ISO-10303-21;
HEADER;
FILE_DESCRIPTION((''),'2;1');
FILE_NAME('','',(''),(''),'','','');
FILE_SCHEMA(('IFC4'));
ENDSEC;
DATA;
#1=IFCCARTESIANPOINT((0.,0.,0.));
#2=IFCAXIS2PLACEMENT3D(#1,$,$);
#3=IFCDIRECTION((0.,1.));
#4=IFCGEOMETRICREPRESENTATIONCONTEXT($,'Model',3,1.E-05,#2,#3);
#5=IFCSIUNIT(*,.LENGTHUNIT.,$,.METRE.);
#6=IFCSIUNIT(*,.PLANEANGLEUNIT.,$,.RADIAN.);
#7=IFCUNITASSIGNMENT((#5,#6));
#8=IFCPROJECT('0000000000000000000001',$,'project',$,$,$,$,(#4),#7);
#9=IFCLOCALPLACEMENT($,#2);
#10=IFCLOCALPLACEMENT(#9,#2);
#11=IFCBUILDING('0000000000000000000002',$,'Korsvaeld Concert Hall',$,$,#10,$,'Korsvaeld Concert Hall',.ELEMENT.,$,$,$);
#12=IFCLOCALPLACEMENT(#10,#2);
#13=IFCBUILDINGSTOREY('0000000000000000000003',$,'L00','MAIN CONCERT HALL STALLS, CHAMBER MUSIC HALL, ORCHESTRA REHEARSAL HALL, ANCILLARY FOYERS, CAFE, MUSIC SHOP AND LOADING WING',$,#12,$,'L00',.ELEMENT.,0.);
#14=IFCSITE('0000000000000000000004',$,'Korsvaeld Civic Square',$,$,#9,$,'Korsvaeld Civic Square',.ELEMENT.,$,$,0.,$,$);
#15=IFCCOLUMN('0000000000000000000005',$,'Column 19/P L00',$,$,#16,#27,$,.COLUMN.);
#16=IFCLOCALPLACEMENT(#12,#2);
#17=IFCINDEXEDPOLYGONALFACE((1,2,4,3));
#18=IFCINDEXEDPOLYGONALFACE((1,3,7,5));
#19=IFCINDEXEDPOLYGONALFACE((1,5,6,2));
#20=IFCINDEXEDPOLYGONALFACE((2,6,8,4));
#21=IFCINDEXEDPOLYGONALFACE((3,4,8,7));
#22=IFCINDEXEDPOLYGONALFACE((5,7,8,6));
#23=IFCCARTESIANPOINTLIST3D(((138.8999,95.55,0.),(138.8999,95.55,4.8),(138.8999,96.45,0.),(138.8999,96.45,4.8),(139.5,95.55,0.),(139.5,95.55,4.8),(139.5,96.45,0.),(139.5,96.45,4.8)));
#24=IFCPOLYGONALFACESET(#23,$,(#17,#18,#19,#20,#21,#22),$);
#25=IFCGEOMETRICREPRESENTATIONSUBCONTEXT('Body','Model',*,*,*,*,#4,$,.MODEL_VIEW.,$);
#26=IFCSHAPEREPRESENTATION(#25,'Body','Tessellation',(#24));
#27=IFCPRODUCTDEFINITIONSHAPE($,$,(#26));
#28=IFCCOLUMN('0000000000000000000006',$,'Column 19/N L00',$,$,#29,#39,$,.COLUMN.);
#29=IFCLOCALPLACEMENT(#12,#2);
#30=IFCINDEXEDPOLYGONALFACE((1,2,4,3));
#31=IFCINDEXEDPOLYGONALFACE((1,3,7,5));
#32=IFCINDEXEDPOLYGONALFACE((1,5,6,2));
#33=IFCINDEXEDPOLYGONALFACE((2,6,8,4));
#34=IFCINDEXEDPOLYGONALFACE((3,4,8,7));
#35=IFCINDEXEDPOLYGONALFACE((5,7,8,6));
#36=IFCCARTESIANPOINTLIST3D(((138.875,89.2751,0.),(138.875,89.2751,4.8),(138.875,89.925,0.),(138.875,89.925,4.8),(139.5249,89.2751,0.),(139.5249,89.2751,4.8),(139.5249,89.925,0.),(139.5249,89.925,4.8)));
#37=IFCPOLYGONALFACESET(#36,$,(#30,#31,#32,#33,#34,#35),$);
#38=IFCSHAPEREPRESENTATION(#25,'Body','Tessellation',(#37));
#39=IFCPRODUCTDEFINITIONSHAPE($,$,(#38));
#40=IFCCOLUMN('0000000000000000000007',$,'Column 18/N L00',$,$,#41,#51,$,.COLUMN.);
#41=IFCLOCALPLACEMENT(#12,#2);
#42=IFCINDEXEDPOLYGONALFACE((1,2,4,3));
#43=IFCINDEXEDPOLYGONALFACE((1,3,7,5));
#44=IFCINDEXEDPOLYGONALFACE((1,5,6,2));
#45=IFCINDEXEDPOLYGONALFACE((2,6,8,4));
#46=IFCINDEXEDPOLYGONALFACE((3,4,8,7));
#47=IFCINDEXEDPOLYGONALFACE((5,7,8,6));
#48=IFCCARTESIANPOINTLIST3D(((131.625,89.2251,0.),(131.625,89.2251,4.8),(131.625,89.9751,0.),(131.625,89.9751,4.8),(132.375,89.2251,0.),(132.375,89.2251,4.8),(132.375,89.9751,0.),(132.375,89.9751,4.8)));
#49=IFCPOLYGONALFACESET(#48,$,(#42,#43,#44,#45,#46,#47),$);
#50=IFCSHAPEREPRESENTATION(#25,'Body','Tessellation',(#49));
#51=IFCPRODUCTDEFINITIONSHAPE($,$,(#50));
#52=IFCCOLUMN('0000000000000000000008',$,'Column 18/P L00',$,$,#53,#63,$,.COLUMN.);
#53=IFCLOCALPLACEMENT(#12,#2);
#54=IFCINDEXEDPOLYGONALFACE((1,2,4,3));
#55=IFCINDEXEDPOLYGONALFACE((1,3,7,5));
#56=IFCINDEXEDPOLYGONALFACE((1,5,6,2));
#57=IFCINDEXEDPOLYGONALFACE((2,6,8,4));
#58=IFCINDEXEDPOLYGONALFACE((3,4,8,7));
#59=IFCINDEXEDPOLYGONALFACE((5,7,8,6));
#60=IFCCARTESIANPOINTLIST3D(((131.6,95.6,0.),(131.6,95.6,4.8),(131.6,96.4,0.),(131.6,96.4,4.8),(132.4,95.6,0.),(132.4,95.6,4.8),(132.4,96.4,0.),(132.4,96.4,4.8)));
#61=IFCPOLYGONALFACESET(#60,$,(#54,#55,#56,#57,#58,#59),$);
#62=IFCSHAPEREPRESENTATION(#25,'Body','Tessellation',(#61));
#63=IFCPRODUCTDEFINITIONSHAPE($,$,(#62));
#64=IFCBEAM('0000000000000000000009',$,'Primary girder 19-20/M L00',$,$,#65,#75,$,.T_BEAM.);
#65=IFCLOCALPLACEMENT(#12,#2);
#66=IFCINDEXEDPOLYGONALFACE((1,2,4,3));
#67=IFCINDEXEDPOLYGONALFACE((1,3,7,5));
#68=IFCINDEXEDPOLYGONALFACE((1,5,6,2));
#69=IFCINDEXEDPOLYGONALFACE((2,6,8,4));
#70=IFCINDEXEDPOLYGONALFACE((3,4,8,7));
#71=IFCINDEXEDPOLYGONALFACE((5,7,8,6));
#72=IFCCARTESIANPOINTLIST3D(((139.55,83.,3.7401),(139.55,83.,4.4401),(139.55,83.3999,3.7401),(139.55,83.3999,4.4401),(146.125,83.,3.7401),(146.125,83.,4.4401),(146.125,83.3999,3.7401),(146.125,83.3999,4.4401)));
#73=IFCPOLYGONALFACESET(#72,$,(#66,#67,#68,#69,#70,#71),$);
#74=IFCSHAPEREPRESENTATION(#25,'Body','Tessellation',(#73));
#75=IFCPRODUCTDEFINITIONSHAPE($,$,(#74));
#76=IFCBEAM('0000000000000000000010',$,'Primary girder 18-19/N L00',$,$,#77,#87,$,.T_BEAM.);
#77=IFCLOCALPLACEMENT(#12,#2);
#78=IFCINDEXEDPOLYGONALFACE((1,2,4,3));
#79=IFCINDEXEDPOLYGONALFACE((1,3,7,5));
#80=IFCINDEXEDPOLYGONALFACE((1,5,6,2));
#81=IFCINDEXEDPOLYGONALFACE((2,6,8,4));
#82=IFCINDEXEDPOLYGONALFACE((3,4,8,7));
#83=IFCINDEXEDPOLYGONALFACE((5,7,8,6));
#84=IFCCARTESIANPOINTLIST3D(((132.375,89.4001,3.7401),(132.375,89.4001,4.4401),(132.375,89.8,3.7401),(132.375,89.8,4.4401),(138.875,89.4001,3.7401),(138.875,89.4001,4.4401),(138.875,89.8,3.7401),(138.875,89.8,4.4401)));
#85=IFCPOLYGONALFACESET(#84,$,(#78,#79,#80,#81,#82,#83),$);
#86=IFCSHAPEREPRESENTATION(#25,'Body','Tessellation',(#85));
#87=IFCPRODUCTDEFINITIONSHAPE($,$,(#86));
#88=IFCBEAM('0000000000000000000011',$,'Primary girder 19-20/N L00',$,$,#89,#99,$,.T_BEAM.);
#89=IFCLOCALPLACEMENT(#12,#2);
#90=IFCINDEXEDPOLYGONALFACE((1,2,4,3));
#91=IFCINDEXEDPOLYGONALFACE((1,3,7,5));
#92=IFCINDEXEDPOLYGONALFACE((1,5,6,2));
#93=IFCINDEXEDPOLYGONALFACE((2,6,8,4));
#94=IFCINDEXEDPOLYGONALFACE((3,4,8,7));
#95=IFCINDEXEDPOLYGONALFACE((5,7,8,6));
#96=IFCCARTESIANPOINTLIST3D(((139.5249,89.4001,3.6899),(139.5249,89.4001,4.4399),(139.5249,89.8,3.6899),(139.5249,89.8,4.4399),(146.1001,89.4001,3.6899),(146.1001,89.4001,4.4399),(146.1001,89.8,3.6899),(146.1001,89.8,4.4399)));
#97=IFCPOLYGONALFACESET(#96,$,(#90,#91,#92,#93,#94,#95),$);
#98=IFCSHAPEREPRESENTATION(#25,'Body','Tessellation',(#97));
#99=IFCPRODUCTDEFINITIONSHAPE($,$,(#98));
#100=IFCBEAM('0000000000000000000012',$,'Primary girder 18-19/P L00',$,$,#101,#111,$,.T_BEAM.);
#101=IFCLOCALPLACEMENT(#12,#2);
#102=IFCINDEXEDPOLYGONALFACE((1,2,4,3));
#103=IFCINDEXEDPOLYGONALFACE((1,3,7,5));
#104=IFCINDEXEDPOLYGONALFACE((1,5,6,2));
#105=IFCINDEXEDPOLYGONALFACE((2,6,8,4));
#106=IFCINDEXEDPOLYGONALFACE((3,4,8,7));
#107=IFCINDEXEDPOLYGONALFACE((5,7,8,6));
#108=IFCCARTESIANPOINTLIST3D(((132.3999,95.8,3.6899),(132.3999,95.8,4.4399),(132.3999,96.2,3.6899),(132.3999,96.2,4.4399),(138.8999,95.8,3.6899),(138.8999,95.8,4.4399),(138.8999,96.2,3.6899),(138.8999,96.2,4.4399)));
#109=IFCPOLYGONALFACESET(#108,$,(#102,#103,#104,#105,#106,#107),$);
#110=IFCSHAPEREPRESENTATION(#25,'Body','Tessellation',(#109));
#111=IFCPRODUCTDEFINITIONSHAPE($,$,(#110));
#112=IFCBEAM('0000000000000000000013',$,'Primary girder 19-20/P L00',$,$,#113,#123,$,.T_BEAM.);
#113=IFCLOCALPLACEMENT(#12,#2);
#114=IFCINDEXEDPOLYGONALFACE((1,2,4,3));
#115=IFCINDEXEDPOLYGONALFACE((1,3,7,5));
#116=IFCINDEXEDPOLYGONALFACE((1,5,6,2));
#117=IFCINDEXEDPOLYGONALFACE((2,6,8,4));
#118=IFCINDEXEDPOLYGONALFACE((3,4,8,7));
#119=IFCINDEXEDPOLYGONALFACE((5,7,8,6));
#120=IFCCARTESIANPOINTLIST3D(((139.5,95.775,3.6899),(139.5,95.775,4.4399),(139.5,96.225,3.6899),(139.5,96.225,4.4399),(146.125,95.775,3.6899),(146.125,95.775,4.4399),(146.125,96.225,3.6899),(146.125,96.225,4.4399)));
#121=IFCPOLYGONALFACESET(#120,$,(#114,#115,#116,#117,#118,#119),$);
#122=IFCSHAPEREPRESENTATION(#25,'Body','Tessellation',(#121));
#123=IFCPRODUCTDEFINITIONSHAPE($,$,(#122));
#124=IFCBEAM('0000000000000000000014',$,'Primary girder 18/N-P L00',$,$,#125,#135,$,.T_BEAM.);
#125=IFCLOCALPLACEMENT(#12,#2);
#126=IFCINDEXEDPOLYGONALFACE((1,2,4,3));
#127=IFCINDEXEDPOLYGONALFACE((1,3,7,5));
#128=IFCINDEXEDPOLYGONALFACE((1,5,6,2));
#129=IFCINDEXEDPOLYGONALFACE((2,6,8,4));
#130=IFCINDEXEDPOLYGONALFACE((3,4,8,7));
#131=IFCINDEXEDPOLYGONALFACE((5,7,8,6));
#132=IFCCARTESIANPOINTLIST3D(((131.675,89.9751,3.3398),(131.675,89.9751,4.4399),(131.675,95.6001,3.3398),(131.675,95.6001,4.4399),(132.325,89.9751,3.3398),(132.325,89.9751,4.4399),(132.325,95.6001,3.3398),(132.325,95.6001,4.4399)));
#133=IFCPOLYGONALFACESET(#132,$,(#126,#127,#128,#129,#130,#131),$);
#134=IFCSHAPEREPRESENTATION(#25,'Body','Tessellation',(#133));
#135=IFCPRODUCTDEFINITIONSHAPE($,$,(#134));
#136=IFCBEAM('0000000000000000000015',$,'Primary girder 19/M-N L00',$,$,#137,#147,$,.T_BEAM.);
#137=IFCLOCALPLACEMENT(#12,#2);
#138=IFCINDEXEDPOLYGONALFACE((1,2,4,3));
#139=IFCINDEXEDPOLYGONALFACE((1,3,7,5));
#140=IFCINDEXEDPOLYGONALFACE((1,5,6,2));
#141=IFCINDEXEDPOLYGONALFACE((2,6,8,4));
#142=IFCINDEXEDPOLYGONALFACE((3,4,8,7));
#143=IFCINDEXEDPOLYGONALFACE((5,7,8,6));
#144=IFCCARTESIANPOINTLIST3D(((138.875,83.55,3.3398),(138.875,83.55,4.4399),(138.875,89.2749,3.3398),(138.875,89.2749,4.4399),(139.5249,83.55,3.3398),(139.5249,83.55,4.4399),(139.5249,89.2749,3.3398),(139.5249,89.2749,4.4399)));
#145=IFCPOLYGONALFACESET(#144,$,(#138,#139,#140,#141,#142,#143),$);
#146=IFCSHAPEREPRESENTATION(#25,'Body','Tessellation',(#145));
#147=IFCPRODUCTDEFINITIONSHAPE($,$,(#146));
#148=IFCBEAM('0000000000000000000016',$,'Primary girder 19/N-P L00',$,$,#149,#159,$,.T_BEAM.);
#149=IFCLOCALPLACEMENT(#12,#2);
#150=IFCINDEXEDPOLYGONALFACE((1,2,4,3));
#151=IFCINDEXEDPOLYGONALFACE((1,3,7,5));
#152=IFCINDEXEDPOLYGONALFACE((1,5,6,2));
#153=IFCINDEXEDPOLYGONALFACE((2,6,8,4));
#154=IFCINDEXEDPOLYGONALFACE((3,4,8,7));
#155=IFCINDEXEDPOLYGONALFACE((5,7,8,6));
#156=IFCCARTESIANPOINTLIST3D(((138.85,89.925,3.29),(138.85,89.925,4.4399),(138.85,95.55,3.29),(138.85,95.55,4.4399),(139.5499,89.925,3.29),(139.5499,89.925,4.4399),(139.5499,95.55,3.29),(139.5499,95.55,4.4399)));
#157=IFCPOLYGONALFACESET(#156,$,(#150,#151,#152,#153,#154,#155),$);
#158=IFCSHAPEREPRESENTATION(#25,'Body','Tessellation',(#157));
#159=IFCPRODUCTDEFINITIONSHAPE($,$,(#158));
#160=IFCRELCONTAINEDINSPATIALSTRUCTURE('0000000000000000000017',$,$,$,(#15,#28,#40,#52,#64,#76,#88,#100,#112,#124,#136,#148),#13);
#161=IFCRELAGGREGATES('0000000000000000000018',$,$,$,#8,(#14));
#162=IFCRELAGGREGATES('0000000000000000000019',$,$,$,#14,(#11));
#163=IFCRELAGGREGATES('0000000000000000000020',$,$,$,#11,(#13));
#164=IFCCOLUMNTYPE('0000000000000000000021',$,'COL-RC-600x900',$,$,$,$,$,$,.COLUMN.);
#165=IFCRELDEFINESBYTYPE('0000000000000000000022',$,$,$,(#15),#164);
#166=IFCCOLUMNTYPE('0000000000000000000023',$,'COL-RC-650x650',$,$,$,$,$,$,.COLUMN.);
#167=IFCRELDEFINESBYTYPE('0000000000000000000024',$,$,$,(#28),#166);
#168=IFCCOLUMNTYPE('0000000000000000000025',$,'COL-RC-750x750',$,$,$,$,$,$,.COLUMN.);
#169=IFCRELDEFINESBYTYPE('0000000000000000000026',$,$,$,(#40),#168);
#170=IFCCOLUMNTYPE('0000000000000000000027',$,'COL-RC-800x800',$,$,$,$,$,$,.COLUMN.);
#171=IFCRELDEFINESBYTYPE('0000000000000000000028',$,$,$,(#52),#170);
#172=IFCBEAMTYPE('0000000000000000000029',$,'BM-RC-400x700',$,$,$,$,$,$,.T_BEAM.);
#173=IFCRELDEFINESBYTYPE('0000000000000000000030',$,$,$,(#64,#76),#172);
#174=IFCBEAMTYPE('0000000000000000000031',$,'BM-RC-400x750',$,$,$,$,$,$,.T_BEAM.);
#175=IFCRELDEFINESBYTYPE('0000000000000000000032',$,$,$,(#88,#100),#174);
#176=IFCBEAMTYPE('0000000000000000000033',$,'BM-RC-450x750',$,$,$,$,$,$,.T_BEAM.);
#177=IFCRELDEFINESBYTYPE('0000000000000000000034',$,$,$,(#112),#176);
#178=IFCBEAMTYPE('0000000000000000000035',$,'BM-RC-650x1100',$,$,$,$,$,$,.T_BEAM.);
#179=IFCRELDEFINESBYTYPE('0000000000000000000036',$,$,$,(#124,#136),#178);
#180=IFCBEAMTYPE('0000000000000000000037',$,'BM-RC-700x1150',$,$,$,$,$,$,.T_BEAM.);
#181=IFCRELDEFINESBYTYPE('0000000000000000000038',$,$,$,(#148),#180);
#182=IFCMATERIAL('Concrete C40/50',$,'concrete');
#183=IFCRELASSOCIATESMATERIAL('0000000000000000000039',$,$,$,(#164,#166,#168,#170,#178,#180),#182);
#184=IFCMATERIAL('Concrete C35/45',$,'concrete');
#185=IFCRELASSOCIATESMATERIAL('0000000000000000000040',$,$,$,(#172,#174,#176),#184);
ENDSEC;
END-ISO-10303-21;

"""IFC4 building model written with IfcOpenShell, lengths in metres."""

from ifc_helpers import new_model, si_unit, direction, frame, origin, origin_2d, place, context, subcontext, project, spatial, rectangle, extrude, material, material_profile, profile_set, type_object, element, save


model = new_model("IFC4")

# Units and contexts
model_context = context("Model", 3, precision=1e-05, world=origin(), true_north=direction((0.0, 1.0)))
body_context = subcontext(model_context, "Body", "Model", "MODEL_VIEW")
ifc_project = project(units=[si_unit("LENGTHUNIT", "METRE"), si_unit("PLANEANGLEUNIT", "RADIAN")], contexts=[model_context])

# Site, building, storey
site_placement = place(None, origin())
site = spatial("IfcSite", under=ifc_project, at=site_placement, Name="Korsvaeld Civic Square", LongName="Korsvaeld Civic Square", CompositionType="ELEMENT", RefElevation=0.0)
building_placement = place(site_placement, origin())
building = spatial("IfcBuilding", under=site, at=building_placement, Name="Korsvaeld Concert Hall", LongName="Korsvaeld Concert Hall", CompositionType="ELEMENT")
storey_placement = place(building_placement, origin())
storey = spatial("IfcBuildingStorey", under=building, at=storey_placement, Name="L00", Description="MAIN CONCERT HALL STALLS, CHAMBER MUSIC HALL, ORCHESTRA REHEARSAL HALL, ANCILLARY FOYERS, CAFE, MUSIC SHOP AND LOADING WING", LongName="L00", CompositionType="ELEMENT", Elevation=0.0)

# Columns
ifc_material_1 = material(Name="Concrete C40/50", Category="concrete")
ifc_material_profile_1 = material_profile(ifc_material_1, rectangle(XDim=0.6001, YDim=0.8999, at=origin_2d()), Name="RC 600x900")
ifc_profile_set_1 = profile_set([ifc_material_profile_1], Name="Concrete C40/50")
column_type_1 = type_object("IfcColumnType", Name="COL-RC-600x900", PredefinedType="COLUMN", material=ifc_profile_set_1)
column_1_placement = place(storey_placement, frame((139.2, 96.0, 0.0), z_axis=(0.0, 0.0, 1.0), x_axis=(1.0, 0.0, 0.0)))
element("IfcColumn", 1, at=column_1_placement, inside=storey, type_object=column_type_1, Name="Column 19/P L00", PredefinedType="COLUMN", context=body_context, shape_type="SweptSolid", body=[
    extrude(rectangle(XDim=0.6001, YDim=0.8999, at=origin_2d()), origin(), (0.0, 0.0, 1.0), 4.8),
])
ifc_material_profile_2 = material_profile(ifc_material_1, rectangle(XDim=0.6499, YDim=0.6499, at=origin_2d()), Name="RC 650x650")
ifc_profile_set_2 = profile_set([ifc_material_profile_2], Name="Concrete C40/50")
column_type_2 = type_object("IfcColumnType", Name="COL-RC-650x650", PredefinedType="COLUMN", material=ifc_profile_set_2)
column_2_placement = place(storey_placement, frame((139.2, 89.6001, 0.0), z_axis=(0.0, 0.0, 1.0), x_axis=(1.0, 0.0, 0.0)))
element("IfcColumn", 2, at=column_2_placement, inside=storey, type_object=column_type_2, Name="Column 19/N L00", PredefinedType="COLUMN", context=body_context, shape_type="SweptSolid", body=[
    extrude(rectangle(XDim=0.6499, YDim=0.6499, at=origin_2d()), origin(), (0.0, 0.0, 1.0), 4.8),
])
ifc_material_profile_3 = material_profile(ifc_material_1, rectangle(XDim=0.75, YDim=0.75, at=origin_2d()), Name="RC 750x750")
ifc_profile_set_3 = profile_set([ifc_material_profile_3], Name="Concrete C40/50")
column_type_3 = type_object("IfcColumnType", Name="COL-RC-750x750", PredefinedType="COLUMN", material=ifc_profile_set_3)
column_3_placement = place(storey_placement, frame((132.0, 89.6001, 0.0), z_axis=(0.0, 0.0, 1.0), x_axis=(1.0, 0.0, 0.0)))
element("IfcColumn", 3, at=column_3_placement, inside=storey, type_object=column_type_3, Name="Column 18/N L00", PredefinedType="COLUMN", context=body_context, shape_type="SweptSolid", body=[
    extrude(rectangle(XDim=0.75, YDim=0.75, at=origin_2d()), origin(), (0.0, 0.0, 1.0), 4.8),
])
ifc_material_profile_4 = material_profile(ifc_material_1, rectangle(XDim=0.8, YDim=0.8, at=origin_2d()), Name="RC 800x800")
ifc_profile_set_4 = profile_set([ifc_material_profile_4], Name="Concrete C40/50")
column_type_4 = type_object("IfcColumnType", Name="COL-RC-800x800", PredefinedType="COLUMN", material=ifc_profile_set_4)
column_4_placement = place(storey_placement, frame((132.0, 96.0, 0.0), z_axis=(0.0, 0.0, 1.0), x_axis=(1.0, 0.0, 0.0)))
element("IfcColumn", 4, at=column_4_placement, inside=storey, type_object=column_type_4, Name="Column 18/P L00", PredefinedType="COLUMN", context=body_context, shape_type="SweptSolid", body=[
    extrude(rectangle(XDim=0.8, YDim=0.8, at=origin_2d()), origin(), (0.0, 0.0, 1.0), 4.8),
])

# Beams
ifc_material_2 = material(Name="Concrete C35/45", Category="concrete")
ifc_material_profile_5 = material_profile(ifc_material_2, rectangle(XDim=0.3999, YDim=0.7, at=origin_2d()), Name="RC 400x700")
ifc_profile_set_5 = profile_set([ifc_material_profile_5], Name="Concrete C35/45")
beam_type_1 = type_object("IfcBeamType", Name="BM-RC-400x700", PredefinedType="T_BEAM", material=ifc_profile_set_5)
beam_1_placement = place(storey_placement, frame((139.55, 83.2, 4.0901), z_axis=(1.0, 0.0, 0.0), x_axis=(0.0, 1.0, 0.0)))
element("IfcBeam", 5, at=beam_1_placement, inside=storey, type_object=beam_type_1, Name="Primary girder 19-20/M L00", PredefinedType="T_BEAM", context=body_context, shape_type="SweptSolid", body=[
    extrude(rectangle(XDim=0.3999, YDim=0.7, at=origin_2d()), origin(), (0.0, 0.0, 1.0), 6.575),
])
beam_2_placement = place(storey_placement, frame((132.375, 89.6001, 4.0901), z_axis=(1.0, 0.0, 0.0), x_axis=(0.0, 1.0, 0.0)))
element("IfcBeam", 6, at=beam_2_placement, inside=storey, type_object=beam_type_1, Name="Primary girder 18-19/N L00", PredefinedType="T_BEAM", context=body_context, shape_type="SweptSolid", body=[
    extrude(rectangle(XDim=0.3999, YDim=0.7, at=origin_2d()), origin(), (0.0, 0.0, 1.0), 6.5),
])
ifc_material_profile_6 = material_profile(ifc_material_2, rectangle(XDim=0.3999, YDim=0.75, at=origin_2d()), Name="RC 400x750")
ifc_profile_set_6 = profile_set([ifc_material_profile_6], Name="Concrete C35/45")
beam_type_2 = type_object("IfcBeamType", Name="BM-RC-400x750", PredefinedType="T_BEAM", material=ifc_profile_set_6)
beam_3_placement = place(storey_placement, frame((139.5249, 89.6001, 4.0649), z_axis=(1.0, 0.0, 0.0), x_axis=(0.0, 1.0, 0.0)))
element("IfcBeam", 7, at=beam_3_placement, inside=storey, type_object=beam_type_2, Name="Primary girder 19-20/N L00", PredefinedType="T_BEAM", context=body_context, shape_type="SweptSolid", body=[
    extrude(rectangle(XDim=0.3999, YDim=0.75, at=origin_2d()), origin(), (0.0, 0.0, 1.0), 6.5752),
])
beam_4_placement = place(storey_placement, frame((132.3999, 96.0, 4.0649), z_axis=(1.0, 0.0, 0.0), x_axis=(0.0, 1.0, 0.0)))
element("IfcBeam", 8, at=beam_4_placement, inside=storey, type_object=beam_type_2, Name="Primary girder 18-19/P L00", PredefinedType="T_BEAM", context=body_context, shape_type="SweptSolid", body=[
    extrude(rectangle(XDim=0.3999, YDim=0.75, at=origin_2d()), origin(), (0.0, 0.0, 1.0), 6.5),
])
ifc_material_profile_7 = material_profile(ifc_material_2, rectangle(XDim=0.45, YDim=0.75, at=origin_2d()), Name="RC 450x750")
ifc_profile_set_7 = profile_set([ifc_material_profile_7], Name="Concrete C35/45")
beam_type_3 = type_object("IfcBeamType", Name="BM-RC-450x750", PredefinedType="T_BEAM", material=ifc_profile_set_7)
beam_5_placement = place(storey_placement, frame((139.5, 96.0, 4.0649), z_axis=(1.0, 0.0, 0.0), x_axis=(0.0, 1.0, 0.0)))
element("IfcBeam", 9, at=beam_5_placement, inside=storey, type_object=beam_type_3, Name="Primary girder 19-20/P L00", PredefinedType="T_BEAM", context=body_context, shape_type="SweptSolid", body=[
    extrude(rectangle(XDim=0.45, YDim=0.75, at=origin_2d()), origin(), (0.0, 0.0, 1.0), 6.625),
])
ifc_material_profile_8 = material_profile(ifc_material_1, rectangle(XDim=0.6499, YDim=1.1001, at=origin_2d()), Name="RC 650x1100")
ifc_profile_set_8 = profile_set([ifc_material_profile_8], Name="Concrete C40/50")
beam_type_4 = type_object("IfcBeamType", Name="BM-RC-650x1100", PredefinedType="T_BEAM", material=ifc_profile_set_8)
beam_6_placement = place(storey_placement, frame((132.0, 89.9751, 3.8899), z_axis=(0.0, 1.0, 0.0), x_axis=(-1.0, 0.0, 0.0)))
element("IfcBeam", 10, at=beam_6_placement, inside=storey, type_object=beam_type_4, Name="Primary girder 18/N-P L00", PredefinedType="T_BEAM", context=body_context, shape_type="SweptSolid", body=[
    extrude(rectangle(XDim=0.6499, YDim=1.1001, at=origin_2d()), origin(), (0.0, 0.0, 1.0), 5.625),
])
beam_7_placement = place(storey_placement, frame((139.2, 83.55, 3.8899), z_axis=(0.0, 1.0, 0.0), x_axis=(-1.0, 0.0, 0.0)))
element("IfcBeam", 11, at=beam_7_placement, inside=storey, type_object=beam_type_4, Name="Primary girder 19/M-N L00", PredefinedType="T_BEAM", context=body_context, shape_type="SweptSolid", body=[
    extrude(rectangle(XDim=0.6499, YDim=1.1001, at=origin_2d()), origin(), (0.0, 0.0, 1.0), 5.7249),
])
ifc_material_profile_9 = material_profile(ifc_material_1, rectangle(XDim=0.7, YDim=1.1499, at=origin_2d()), Name="RC 700x1150")
ifc_profile_set_9 = profile_set([ifc_material_profile_9], Name="Concrete C40/50")
beam_type_5 = type_object("IfcBeamType", Name="BM-RC-700x1150", PredefinedType="T_BEAM", material=ifc_profile_set_9)
beam_8_placement = place(storey_placement, frame((139.2, 89.925, 3.865), z_axis=(0.0, 1.0, 0.0), x_axis=(-1.0, 0.0, 0.0)))
element("IfcBeam", 12, at=beam_8_placement, inside=storey, type_object=beam_type_5, Name="Primary girder 19/N-P L00", PredefinedType="T_BEAM", context=body_context, shape_type="SweptSolid", body=[
    extrude(rectangle(XDim=0.7, YDim=1.1499, at=origin_2d()), origin(), (0.0, 0.0, 1.0), 5.625),
])

save(model, "model.ifc")
